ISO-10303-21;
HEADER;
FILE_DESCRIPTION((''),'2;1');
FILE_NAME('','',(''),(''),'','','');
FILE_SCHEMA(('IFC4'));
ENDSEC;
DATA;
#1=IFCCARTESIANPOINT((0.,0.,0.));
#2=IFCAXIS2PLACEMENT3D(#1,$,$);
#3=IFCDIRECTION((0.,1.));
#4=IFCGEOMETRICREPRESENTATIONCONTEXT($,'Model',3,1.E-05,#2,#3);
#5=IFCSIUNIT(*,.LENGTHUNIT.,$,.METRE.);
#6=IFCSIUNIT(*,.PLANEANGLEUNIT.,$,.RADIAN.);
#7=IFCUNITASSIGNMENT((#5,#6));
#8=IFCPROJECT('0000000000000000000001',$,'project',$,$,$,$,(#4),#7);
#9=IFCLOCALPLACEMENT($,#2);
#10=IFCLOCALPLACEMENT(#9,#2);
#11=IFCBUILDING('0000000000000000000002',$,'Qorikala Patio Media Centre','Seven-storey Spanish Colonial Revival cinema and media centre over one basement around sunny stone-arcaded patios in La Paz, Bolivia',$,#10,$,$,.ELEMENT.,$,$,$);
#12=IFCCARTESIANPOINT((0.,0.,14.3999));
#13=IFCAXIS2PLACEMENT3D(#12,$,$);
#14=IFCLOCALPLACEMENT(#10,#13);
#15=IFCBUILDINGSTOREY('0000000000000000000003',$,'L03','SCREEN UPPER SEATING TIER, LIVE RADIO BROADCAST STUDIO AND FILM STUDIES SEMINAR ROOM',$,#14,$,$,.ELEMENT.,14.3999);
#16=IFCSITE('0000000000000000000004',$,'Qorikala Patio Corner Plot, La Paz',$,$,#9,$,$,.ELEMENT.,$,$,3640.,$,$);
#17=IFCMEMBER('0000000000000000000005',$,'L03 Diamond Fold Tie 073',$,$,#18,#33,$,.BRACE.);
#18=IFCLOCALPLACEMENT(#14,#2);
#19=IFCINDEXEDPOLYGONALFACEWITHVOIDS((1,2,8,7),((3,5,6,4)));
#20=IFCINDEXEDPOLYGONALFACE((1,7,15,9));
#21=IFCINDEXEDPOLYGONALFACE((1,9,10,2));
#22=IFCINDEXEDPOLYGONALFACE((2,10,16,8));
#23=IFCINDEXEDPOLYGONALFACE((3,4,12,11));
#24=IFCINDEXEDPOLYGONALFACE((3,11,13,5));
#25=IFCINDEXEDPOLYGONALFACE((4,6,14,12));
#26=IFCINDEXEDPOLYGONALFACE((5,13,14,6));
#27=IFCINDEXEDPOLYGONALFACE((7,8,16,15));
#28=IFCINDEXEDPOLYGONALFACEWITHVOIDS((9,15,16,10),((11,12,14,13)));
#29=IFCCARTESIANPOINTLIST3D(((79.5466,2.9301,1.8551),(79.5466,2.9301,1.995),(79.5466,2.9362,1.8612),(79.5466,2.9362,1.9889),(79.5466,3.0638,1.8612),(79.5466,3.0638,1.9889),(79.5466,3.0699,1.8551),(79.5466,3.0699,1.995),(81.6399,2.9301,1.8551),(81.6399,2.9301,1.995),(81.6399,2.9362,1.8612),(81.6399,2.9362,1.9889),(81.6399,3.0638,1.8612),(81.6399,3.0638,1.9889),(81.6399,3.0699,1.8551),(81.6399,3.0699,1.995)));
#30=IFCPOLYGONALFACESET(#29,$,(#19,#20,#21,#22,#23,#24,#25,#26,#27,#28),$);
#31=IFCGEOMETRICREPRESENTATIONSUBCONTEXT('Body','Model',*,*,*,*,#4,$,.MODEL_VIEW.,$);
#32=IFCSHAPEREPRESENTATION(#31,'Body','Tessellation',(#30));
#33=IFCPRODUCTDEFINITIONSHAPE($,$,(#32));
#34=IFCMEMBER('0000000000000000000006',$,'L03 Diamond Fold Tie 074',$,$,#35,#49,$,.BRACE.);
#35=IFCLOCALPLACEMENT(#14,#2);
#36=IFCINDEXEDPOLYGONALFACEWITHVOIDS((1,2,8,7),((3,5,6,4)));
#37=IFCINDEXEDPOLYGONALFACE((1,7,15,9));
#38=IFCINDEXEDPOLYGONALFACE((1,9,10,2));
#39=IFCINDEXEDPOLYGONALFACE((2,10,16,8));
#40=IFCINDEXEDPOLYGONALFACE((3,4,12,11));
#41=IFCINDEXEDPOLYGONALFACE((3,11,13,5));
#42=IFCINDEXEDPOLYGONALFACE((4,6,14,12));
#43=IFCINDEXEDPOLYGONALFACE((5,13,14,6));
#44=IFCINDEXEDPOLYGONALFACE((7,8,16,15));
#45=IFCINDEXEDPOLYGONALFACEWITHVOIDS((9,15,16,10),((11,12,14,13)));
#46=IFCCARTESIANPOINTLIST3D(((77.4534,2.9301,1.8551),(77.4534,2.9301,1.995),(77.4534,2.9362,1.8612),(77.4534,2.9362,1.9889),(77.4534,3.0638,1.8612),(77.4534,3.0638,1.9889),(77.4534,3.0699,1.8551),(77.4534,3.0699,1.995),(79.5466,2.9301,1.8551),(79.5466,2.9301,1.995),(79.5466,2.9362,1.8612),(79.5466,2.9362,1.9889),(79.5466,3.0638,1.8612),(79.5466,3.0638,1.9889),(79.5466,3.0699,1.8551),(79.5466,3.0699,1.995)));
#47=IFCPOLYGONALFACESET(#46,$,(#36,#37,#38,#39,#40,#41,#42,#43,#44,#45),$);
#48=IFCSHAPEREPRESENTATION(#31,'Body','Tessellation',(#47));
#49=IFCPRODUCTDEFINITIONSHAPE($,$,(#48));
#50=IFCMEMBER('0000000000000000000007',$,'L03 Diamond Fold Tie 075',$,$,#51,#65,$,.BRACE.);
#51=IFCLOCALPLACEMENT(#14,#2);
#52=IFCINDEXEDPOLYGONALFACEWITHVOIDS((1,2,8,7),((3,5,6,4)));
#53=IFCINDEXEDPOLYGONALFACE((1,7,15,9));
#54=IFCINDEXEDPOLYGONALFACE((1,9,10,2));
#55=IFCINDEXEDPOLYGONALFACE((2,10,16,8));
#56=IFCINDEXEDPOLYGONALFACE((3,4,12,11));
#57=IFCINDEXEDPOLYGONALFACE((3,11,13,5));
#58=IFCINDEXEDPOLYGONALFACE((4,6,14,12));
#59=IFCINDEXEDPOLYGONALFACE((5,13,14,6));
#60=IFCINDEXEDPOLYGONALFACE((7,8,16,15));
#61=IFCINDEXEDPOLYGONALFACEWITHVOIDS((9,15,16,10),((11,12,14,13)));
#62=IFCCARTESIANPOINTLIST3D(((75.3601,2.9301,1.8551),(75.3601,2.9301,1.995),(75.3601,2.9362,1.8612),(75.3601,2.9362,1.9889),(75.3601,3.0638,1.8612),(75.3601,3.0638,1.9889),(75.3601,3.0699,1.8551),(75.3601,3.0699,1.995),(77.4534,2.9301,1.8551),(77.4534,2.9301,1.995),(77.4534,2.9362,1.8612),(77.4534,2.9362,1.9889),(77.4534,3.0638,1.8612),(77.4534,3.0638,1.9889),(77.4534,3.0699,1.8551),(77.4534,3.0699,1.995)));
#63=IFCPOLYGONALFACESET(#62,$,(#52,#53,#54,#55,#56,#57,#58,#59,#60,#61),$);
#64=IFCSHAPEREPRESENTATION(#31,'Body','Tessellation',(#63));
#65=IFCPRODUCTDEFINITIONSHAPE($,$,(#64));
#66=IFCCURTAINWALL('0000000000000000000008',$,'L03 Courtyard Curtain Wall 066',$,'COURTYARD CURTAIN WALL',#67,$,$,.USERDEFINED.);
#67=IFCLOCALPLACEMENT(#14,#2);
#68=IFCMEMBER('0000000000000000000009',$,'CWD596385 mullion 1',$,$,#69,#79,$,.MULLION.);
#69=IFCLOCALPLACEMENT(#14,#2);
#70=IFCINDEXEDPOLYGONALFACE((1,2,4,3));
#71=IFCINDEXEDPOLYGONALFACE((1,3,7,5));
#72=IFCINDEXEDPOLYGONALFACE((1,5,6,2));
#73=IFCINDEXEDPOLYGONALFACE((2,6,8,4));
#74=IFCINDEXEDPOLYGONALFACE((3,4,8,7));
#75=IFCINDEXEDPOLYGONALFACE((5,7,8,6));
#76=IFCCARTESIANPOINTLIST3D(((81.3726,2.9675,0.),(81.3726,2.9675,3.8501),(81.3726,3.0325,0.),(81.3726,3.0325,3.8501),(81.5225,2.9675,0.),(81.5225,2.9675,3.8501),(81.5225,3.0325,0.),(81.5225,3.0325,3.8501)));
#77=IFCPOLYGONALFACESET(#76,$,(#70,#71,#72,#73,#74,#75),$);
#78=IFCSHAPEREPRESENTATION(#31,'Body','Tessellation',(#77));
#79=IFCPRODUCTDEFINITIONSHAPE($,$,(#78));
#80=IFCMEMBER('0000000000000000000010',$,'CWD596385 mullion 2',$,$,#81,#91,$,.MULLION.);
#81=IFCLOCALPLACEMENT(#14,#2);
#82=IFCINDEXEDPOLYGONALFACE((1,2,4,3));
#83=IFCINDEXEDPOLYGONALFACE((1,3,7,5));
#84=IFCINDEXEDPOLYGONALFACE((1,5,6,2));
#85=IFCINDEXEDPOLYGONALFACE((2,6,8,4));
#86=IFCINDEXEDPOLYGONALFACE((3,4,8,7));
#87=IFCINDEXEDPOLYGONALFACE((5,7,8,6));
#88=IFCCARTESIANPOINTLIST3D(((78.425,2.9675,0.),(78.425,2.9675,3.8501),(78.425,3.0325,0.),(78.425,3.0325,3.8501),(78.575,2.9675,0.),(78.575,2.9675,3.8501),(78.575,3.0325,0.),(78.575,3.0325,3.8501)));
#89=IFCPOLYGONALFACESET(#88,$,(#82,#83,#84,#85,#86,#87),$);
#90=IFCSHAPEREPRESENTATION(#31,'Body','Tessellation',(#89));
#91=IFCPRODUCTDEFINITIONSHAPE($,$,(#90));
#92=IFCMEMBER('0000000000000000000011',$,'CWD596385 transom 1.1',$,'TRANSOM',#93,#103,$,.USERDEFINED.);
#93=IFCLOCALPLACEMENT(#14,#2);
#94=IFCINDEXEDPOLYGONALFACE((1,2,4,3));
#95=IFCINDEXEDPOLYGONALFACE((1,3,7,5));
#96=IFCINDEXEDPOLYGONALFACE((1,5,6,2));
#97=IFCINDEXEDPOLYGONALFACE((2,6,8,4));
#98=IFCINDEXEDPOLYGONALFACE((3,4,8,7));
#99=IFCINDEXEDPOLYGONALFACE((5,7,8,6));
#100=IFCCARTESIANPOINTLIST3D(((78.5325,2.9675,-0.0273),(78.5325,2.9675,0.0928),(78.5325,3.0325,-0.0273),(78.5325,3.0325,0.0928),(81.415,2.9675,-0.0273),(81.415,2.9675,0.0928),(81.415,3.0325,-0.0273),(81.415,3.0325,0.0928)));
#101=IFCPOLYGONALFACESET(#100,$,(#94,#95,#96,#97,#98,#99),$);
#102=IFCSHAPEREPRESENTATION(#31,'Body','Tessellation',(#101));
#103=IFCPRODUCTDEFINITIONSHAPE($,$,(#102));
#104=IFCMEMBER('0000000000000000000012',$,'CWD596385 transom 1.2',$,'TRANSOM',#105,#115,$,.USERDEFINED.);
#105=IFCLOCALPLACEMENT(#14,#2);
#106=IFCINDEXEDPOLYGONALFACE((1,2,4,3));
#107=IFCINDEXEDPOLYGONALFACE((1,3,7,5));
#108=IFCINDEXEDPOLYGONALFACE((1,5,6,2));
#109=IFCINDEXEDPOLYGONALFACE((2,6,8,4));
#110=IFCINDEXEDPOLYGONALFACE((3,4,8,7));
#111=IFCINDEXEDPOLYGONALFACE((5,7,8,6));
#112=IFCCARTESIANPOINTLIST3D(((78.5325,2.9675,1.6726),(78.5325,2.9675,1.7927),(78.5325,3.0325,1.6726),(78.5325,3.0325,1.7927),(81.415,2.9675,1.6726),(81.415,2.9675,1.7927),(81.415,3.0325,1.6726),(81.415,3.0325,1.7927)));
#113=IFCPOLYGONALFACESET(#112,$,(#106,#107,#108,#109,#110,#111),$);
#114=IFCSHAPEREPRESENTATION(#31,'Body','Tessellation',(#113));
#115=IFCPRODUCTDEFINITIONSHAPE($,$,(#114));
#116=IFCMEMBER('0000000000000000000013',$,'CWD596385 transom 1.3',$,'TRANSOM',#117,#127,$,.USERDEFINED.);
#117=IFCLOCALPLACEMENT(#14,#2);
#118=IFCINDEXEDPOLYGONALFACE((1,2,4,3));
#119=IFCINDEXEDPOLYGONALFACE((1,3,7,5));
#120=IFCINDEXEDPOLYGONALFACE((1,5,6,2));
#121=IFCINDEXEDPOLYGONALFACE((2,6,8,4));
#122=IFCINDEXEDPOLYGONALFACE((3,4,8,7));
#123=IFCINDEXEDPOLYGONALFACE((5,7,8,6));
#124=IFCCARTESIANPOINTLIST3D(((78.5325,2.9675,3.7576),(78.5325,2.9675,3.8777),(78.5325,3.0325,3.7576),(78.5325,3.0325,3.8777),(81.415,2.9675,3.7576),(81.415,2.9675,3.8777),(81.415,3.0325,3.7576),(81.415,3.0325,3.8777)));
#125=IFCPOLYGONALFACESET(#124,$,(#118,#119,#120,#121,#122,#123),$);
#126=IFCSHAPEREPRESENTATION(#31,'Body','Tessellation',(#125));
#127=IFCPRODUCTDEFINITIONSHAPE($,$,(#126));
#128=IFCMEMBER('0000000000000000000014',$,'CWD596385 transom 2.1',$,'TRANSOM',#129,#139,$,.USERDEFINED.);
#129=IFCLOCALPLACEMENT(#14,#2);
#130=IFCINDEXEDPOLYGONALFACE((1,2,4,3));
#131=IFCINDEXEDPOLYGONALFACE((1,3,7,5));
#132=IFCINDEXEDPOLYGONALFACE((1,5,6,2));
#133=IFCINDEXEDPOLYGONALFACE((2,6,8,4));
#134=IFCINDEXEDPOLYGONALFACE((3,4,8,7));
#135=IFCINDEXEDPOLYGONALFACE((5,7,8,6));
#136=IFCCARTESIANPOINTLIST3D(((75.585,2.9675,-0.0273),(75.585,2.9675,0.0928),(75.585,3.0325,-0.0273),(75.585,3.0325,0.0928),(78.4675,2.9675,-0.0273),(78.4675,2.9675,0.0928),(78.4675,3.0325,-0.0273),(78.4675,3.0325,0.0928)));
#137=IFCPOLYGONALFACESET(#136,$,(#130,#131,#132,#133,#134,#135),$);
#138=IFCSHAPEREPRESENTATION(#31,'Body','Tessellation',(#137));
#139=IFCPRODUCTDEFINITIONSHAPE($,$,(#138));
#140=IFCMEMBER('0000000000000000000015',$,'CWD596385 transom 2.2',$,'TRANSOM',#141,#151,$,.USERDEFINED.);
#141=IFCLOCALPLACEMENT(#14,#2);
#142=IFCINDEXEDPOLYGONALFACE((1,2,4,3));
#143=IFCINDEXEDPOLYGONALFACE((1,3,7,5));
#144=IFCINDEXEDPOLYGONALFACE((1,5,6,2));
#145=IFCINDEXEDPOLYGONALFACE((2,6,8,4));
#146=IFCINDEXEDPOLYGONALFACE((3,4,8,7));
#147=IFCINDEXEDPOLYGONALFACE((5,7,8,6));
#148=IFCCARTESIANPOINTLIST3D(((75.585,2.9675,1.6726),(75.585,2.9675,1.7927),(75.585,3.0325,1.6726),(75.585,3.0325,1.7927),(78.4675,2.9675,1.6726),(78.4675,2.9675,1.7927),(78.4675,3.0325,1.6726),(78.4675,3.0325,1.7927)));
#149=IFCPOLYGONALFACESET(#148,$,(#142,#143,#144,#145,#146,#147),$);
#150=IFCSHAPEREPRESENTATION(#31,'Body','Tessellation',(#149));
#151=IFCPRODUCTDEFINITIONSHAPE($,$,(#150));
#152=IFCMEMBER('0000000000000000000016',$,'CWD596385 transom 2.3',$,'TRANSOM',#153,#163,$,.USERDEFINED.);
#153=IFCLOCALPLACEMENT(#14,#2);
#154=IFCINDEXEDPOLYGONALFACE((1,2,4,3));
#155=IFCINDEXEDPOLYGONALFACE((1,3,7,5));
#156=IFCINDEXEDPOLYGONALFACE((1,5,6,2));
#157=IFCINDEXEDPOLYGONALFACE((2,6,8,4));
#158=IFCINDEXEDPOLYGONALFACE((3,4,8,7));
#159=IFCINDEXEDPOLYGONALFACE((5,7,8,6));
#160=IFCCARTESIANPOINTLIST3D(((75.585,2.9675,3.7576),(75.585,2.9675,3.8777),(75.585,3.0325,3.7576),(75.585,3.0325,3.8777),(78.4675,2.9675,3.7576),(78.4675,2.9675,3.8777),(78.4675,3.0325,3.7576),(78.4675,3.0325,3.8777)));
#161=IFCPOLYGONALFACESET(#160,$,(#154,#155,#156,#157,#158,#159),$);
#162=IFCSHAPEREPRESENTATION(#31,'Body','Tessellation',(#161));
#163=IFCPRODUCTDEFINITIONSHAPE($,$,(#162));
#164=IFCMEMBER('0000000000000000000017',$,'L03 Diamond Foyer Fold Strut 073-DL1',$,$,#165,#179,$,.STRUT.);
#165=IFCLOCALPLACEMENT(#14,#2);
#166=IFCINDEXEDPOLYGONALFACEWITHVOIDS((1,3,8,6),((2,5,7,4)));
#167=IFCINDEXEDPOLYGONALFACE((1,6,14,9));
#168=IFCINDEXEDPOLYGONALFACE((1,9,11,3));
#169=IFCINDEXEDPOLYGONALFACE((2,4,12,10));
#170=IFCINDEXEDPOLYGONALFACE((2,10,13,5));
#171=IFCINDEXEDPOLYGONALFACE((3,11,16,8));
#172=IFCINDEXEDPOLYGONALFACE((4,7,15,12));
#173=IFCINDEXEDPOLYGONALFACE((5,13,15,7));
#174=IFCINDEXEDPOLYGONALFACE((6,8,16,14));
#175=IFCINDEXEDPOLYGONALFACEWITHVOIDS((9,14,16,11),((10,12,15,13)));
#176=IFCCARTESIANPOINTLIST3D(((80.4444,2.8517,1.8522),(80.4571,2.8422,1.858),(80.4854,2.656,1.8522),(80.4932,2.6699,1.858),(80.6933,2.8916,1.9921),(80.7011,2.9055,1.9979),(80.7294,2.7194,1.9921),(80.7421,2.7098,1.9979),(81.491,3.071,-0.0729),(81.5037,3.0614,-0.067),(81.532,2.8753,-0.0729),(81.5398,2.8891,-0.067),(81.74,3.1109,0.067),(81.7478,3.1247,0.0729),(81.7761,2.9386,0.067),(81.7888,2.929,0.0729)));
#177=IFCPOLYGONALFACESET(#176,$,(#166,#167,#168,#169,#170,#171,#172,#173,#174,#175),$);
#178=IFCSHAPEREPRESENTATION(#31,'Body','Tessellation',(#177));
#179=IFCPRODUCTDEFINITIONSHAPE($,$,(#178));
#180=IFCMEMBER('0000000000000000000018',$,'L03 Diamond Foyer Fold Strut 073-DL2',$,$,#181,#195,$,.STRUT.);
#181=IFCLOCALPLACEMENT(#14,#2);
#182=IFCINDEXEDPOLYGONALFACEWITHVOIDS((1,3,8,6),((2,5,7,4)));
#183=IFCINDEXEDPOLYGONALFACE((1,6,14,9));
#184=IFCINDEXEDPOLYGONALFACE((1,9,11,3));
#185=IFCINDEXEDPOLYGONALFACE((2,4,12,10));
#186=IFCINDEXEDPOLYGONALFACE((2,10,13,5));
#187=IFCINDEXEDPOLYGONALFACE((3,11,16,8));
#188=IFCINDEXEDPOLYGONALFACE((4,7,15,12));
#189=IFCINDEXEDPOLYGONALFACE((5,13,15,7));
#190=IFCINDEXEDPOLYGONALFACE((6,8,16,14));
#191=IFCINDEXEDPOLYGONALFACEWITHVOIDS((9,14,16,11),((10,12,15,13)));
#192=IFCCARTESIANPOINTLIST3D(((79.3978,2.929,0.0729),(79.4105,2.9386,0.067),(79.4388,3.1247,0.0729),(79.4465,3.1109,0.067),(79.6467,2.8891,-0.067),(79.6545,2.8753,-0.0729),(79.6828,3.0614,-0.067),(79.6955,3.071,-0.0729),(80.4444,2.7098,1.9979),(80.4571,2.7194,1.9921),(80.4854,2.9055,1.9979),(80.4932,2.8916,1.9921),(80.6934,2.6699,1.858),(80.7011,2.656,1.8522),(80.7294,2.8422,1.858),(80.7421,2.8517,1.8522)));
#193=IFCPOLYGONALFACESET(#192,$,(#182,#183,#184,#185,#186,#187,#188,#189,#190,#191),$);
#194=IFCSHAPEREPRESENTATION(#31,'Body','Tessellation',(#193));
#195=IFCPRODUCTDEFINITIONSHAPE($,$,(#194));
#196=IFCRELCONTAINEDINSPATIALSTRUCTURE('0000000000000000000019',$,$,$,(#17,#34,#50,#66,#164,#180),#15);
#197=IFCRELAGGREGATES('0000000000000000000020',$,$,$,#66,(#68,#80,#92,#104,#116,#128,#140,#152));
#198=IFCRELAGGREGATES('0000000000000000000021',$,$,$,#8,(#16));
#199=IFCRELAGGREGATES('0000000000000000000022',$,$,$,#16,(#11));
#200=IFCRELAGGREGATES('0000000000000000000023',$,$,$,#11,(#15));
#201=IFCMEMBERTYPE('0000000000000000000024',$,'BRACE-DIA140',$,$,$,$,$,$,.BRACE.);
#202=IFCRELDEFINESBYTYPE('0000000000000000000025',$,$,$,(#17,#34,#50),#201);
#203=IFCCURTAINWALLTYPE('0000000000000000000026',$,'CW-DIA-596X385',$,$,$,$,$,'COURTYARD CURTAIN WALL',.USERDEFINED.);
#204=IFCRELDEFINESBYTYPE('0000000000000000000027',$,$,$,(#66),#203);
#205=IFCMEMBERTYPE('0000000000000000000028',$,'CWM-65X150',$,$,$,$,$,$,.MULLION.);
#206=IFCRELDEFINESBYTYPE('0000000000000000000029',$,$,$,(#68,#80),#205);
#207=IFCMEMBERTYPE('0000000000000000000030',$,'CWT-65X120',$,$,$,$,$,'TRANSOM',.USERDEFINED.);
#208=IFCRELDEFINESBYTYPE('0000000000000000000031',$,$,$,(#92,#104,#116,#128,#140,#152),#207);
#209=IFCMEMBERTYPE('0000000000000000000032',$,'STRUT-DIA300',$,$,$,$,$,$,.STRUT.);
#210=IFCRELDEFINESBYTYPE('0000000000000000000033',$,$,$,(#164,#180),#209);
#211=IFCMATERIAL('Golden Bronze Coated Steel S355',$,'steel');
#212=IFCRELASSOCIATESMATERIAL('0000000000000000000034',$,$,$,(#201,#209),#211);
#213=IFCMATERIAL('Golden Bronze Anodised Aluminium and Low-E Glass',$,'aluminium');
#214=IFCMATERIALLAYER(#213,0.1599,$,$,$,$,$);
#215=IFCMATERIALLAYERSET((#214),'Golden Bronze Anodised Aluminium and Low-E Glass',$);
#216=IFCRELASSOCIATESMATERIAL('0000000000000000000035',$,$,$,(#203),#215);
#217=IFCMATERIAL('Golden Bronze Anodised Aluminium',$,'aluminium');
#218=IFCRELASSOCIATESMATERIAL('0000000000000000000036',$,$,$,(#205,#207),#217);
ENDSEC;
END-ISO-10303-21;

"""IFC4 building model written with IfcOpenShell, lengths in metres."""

from ifc_helpers import new_model, si_unit, direction, frame, origin, origin_2d, place, context, subcontext, project, spatial, rectangle, hollow_rectangle, extrude, material, layer, layer_set, material_profile, profile_set, type_object, element, aggregate, save


model = new_model("IFC4")

# Units and contexts
model_context = context("Model", 3, precision=1e-05, world=origin(), true_north=direction((0.0, 1.0)))
body_context = subcontext(model_context, "Body", "Model", "MODEL_VIEW")
ifc_project = project(units=[si_unit("LENGTHUNIT", "METRE"), si_unit("PLANEANGLEUNIT", "RADIAN")], contexts=[model_context])

# Site, building, storey
site_placement = place(None, origin())
site = spatial("IfcSite", under=ifc_project, at=site_placement, Name="Qorikala Patio Corner Plot, La Paz", CompositionType="ELEMENT", RefElevation=3640.0)
building_placement = place(site_placement, origin())
building = spatial("IfcBuilding", under=site, at=building_placement, Name="Qorikala Patio Media Centre", Description="Seven-storey Spanish Colonial Revival cinema and media centre over one basement around sunny stone-arcaded patios in La Paz, Bolivia", CompositionType="ELEMENT")
storey_placement = place(building_placement, frame((0.0, 0.0, 14.3999)))
storey = spatial("IfcBuildingStorey", under=building, at=storey_placement, Name="L03", Description="SCREEN UPPER SEATING TIER, LIVE RADIO BROADCAST STUDIO AND FILM STUDIES SEMINAR ROOM", CompositionType="ELEMENT", Elevation=14.3999)

# Members
ifc_material_1 = material(Name="Golden Bronze Coated Steel S355", Category="steel")
ifc_material_profile_1 = material_profile(ifc_material_1, hollow_rectangle(XDim=0.1399, YDim=0.1399, WallThickness=0.0061, at=origin_2d()), Name="HSS140X140X6")
ifc_profile_set_1 = profile_set([ifc_material_profile_1], Name="Golden Bronze Coated Steel S355")
member_type_1 = type_object("IfcMemberType", Name="BRACE-DIA140", PredefinedType="BRACE", material=ifc_profile_set_1)
for number, where, z_axis, x_axis, name in (
    (1, (81.6399, 3.0, 1.925), (-1.0, 0.0, 0.0), (0.0, -1.0, 0.0), "L03 Diamond Fold Tie 073"),
    (2, (79.5466, 3.0, 1.925), (-1.0, 0.0, 0.0), (0.0, -1.0, 0.0), "L03 Diamond Fold Tie 074"),
    (3, (77.4534, 3.0, 1.925), (-1.0, 0.0, 0.0), (0.0, -1.0, 0.0), "L03 Diamond Fold Tie 075"),
):
    element("IfcMember", number, at=place(storey_placement, frame(where, z_axis=z_axis, x_axis=x_axis)), inside=storey, type_object=member_type_1, Name=name, PredefinedType="BRACE", context=body_context, shape_type="SweptSolid", body=[
        extrude(hollow_rectangle(XDim=0.1399, YDim=0.1399, WallThickness=0.0061, at=origin_2d()), origin(), (0.0, 0.0, 1.0), 2.0933),
    ])

# Curtain wall, members
ifc_material_2 = material(Name="Golden Bronze Anodised Aluminium and Low-E Glass", Category="aluminium")
ifc_layer_1 = layer(ifc_material_2, 0.1599)
ifc_layer_set_1 = layer_set([ifc_layer_1], Name="Golden Bronze Anodised Aluminium and Low-E Glass")
curtain_wall_type = type_object("IfcCurtainWallType", Name="CW-DIA-596X385", ElementType="COURTYARD CURTAIN WALL", PredefinedType="USERDEFINED", material=ifc_layer_set_1)
curtain_wall_placement = place(storey_placement, origin())
curtain_wall = element("IfcCurtainWall", 4, at=curtain_wall_placement, inside=storey, type_object=curtain_wall_type, Name="L03 Courtyard Curtain Wall 066", ObjectType="COURTYARD CURTAIN WALL", PredefinedType="USERDEFINED")
ifc_material_3 = material(Name="Golden Bronze Anodised Aluminium", Category="aluminium")
ifc_material_profile_2 = material_profile(ifc_material_3, rectangle(XDim=0.0649, YDim=0.1499, at=origin_2d()), Name="ALU MULLION 65x150")
ifc_profile_set_2 = profile_set([ifc_material_profile_2], Name="Golden Bronze Anodised Aluminium")
member_type_2 = type_object("IfcMemberType", Name="CWM-65X150", PredefinedType="MULLION", material=ifc_profile_set_2)
member_1_placement = place(storey_placement, frame((81.4475, 3.0, 0.0), z_axis=(0.0, 0.0, 1.0), x_axis=(0.0, -1.0, 0.0)))
member_1 = element("IfcMember", 5, at=member_1_placement, type_object=member_type_2, Name="CWD596385 mullion 1", PredefinedType="MULLION", context=body_context, shape_type="SweptSolid", body=[
    extrude(rectangle(XDim=0.0649, YDim=0.1499, at=origin_2d()), origin(), (0.0, 0.0, 1.0), 3.8501),
])
member_2_placement = place(storey_placement, frame((78.5, 3.0, 0.0), z_axis=(0.0, 0.0, 1.0), x_axis=(0.0, -1.0, 0.0)))
member_2 = element("IfcMember", 6, at=member_2_placement, type_object=member_type_2, Name="CWD596385 mullion 2", PredefinedType="MULLION", context=body_context, shape_type="SweptSolid", body=[
    extrude(rectangle(XDim=0.0649, YDim=0.1499, at=origin_2d()), origin(), (0.0, 0.0, 1.0), 3.8501),
])
ifc_material_profile_3 = material_profile(ifc_material_3, rectangle(XDim=0.0649, YDim=0.1201, at=origin_2d()), Name="ALU TRANSOM 65x120")
ifc_profile_set_3 = profile_set([ifc_material_profile_3], Name="Golden Bronze Anodised Aluminium")
member_type_3 = type_object("IfcMemberType", Name="CWT-65X120", ElementType="TRANSOM", PredefinedType="USERDEFINED", material=ifc_profile_set_3)
member_3_placement = place(storey_placement, frame((81.415, 3.0, 0.0327), z_axis=(-1.0, 0.0, 0.0), x_axis=(0.0, -1.0, 0.0)))
member_3 = element("IfcMember", 7, at=member_3_placement, type_object=member_type_3, Name="CWD596385 transom 1.1", ObjectType="TRANSOM", PredefinedType="USERDEFINED", context=body_context, shape_type="SweptSolid", body=[
    extrude(rectangle(XDim=0.0649, YDim=0.1201, at=origin_2d()), origin(), (0.0, 0.0, 1.0), 2.8826),
])
member_4_placement = place(storey_placement, frame((81.415, 3.0, 1.7327), z_axis=(-1.0, 0.0, 0.0), x_axis=(0.0, -1.0, 0.0)))
member_4 = element("IfcMember", 8, at=member_4_placement, type_object=member_type_3, Name="CWD596385 transom 1.2", ObjectType="TRANSOM", PredefinedType="USERDEFINED", context=body_context, shape_type="SweptSolid", body=[
    extrude(rectangle(XDim=0.0649, YDim=0.1201, at=origin_2d()), origin(), (0.0, 0.0, 1.0), 2.8826),
])
member_5_placement = place(storey_placement, frame((81.415, 3.0, 3.8176), z_axis=(-1.0, 0.0, 0.0), x_axis=(0.0, -1.0, 0.0)))
member_5 = element("IfcMember", 9, at=member_5_placement, type_object=member_type_3, Name="CWD596385 transom 1.3", ObjectType="TRANSOM", PredefinedType="USERDEFINED", context=body_context, shape_type="SweptSolid", body=[
    extrude(rectangle(XDim=0.0649, YDim=0.1201, at=origin_2d()), origin(), (0.0, 0.0, 1.0), 2.8826),
])
member_6_placement = place(storey_placement, frame((78.4675, 3.0, 0.0327), z_axis=(-1.0, 0.0, 0.0), x_axis=(0.0, -1.0, 0.0)))
member_6 = element("IfcMember", 10, at=member_6_placement, type_object=member_type_3, Name="CWD596385 transom 2.1", ObjectType="TRANSOM", PredefinedType="USERDEFINED", context=body_context, shape_type="SweptSolid", body=[
    extrude(rectangle(XDim=0.0649, YDim=0.1201, at=origin_2d()), origin(), (0.0, 0.0, 1.0), 2.8826),
])
member_7_placement = place(storey_placement, frame((78.4675, 3.0, 1.7327), z_axis=(-1.0, 0.0, 0.0), x_axis=(0.0, -1.0, 0.0)))
member_7 = element("IfcMember", 11, at=member_7_placement, type_object=member_type_3, Name="CWD596385 transom 2.2", ObjectType="TRANSOM", PredefinedType="USERDEFINED", context=body_context, shape_type="SweptSolid", body=[
    extrude(rectangle(XDim=0.0649, YDim=0.1201, at=origin_2d()), origin(), (0.0, 0.0, 1.0), 2.8826),
])
member_8_placement = place(storey_placement, frame((78.4675, 3.0, 3.8176), z_axis=(-1.0, 0.0, 0.0), x_axis=(0.0, -1.0, 0.0)))
member_8 = element("IfcMember", 12, at=member_8_placement, type_object=member_type_3, Name="CWD596385 transom 2.3", ObjectType="TRANSOM", PredefinedType="USERDEFINED", context=body_context, shape_type="SweptSolid", body=[
    extrude(rectangle(XDim=0.0649, YDim=0.1201, at=origin_2d()), origin(), (0.0, 0.0, 1.0), 2.8826),
])

# Members
ifc_material_profile_4 = material_profile(ifc_material_1, hollow_rectangle(XDim=0.2, YDim=0.3, WallThickness=0.012, at=origin_2d()), Name="HSS300X200X12")
ifc_profile_set_4 = profile_set([ifc_material_profile_4], Name="Golden Bronze Coated Steel S355")
member_type_4 = type_object("IfcMemberType", Name="STRUT-DIA300", PredefinedType="STRUT", material=ifc_profile_set_4)
for number, where, z_axis, x_axis, name in (
    (13, (81.6399, 3.0, 0.0), (-0.475284, -0.099558, 0.874181), (0.205021, -0.978758, 0.0), "L03 Diamond Foyer Fold Strut 073-DL1"),
    (14, (79.5466, 3.0, 0.0), (0.475284, -0.099558, 0.874181), (0.205021, 0.978758, 0.0), "L03 Diamond Foyer Fold Strut 073-DL2"),
):
    element("IfcMember", number, at=place(storey_placement, frame(where, z_axis=z_axis, x_axis=x_axis)), inside=storey, type_object=member_type_4, Name=name, PredefinedType="STRUT", context=body_context, shape_type="SweptSolid", body=[
        extrude(hollow_rectangle(XDim=0.2, YDim=0.3, WallThickness=0.012, at=origin_2d()), origin(), (0.0, 0.0, 1.0), 2.2021),
    ])

aggregate(curtain_wall, [member_1, member_2, member_3, member_4, member_5, member_6, member_7, member_8])

save(model, "model.ifc")
